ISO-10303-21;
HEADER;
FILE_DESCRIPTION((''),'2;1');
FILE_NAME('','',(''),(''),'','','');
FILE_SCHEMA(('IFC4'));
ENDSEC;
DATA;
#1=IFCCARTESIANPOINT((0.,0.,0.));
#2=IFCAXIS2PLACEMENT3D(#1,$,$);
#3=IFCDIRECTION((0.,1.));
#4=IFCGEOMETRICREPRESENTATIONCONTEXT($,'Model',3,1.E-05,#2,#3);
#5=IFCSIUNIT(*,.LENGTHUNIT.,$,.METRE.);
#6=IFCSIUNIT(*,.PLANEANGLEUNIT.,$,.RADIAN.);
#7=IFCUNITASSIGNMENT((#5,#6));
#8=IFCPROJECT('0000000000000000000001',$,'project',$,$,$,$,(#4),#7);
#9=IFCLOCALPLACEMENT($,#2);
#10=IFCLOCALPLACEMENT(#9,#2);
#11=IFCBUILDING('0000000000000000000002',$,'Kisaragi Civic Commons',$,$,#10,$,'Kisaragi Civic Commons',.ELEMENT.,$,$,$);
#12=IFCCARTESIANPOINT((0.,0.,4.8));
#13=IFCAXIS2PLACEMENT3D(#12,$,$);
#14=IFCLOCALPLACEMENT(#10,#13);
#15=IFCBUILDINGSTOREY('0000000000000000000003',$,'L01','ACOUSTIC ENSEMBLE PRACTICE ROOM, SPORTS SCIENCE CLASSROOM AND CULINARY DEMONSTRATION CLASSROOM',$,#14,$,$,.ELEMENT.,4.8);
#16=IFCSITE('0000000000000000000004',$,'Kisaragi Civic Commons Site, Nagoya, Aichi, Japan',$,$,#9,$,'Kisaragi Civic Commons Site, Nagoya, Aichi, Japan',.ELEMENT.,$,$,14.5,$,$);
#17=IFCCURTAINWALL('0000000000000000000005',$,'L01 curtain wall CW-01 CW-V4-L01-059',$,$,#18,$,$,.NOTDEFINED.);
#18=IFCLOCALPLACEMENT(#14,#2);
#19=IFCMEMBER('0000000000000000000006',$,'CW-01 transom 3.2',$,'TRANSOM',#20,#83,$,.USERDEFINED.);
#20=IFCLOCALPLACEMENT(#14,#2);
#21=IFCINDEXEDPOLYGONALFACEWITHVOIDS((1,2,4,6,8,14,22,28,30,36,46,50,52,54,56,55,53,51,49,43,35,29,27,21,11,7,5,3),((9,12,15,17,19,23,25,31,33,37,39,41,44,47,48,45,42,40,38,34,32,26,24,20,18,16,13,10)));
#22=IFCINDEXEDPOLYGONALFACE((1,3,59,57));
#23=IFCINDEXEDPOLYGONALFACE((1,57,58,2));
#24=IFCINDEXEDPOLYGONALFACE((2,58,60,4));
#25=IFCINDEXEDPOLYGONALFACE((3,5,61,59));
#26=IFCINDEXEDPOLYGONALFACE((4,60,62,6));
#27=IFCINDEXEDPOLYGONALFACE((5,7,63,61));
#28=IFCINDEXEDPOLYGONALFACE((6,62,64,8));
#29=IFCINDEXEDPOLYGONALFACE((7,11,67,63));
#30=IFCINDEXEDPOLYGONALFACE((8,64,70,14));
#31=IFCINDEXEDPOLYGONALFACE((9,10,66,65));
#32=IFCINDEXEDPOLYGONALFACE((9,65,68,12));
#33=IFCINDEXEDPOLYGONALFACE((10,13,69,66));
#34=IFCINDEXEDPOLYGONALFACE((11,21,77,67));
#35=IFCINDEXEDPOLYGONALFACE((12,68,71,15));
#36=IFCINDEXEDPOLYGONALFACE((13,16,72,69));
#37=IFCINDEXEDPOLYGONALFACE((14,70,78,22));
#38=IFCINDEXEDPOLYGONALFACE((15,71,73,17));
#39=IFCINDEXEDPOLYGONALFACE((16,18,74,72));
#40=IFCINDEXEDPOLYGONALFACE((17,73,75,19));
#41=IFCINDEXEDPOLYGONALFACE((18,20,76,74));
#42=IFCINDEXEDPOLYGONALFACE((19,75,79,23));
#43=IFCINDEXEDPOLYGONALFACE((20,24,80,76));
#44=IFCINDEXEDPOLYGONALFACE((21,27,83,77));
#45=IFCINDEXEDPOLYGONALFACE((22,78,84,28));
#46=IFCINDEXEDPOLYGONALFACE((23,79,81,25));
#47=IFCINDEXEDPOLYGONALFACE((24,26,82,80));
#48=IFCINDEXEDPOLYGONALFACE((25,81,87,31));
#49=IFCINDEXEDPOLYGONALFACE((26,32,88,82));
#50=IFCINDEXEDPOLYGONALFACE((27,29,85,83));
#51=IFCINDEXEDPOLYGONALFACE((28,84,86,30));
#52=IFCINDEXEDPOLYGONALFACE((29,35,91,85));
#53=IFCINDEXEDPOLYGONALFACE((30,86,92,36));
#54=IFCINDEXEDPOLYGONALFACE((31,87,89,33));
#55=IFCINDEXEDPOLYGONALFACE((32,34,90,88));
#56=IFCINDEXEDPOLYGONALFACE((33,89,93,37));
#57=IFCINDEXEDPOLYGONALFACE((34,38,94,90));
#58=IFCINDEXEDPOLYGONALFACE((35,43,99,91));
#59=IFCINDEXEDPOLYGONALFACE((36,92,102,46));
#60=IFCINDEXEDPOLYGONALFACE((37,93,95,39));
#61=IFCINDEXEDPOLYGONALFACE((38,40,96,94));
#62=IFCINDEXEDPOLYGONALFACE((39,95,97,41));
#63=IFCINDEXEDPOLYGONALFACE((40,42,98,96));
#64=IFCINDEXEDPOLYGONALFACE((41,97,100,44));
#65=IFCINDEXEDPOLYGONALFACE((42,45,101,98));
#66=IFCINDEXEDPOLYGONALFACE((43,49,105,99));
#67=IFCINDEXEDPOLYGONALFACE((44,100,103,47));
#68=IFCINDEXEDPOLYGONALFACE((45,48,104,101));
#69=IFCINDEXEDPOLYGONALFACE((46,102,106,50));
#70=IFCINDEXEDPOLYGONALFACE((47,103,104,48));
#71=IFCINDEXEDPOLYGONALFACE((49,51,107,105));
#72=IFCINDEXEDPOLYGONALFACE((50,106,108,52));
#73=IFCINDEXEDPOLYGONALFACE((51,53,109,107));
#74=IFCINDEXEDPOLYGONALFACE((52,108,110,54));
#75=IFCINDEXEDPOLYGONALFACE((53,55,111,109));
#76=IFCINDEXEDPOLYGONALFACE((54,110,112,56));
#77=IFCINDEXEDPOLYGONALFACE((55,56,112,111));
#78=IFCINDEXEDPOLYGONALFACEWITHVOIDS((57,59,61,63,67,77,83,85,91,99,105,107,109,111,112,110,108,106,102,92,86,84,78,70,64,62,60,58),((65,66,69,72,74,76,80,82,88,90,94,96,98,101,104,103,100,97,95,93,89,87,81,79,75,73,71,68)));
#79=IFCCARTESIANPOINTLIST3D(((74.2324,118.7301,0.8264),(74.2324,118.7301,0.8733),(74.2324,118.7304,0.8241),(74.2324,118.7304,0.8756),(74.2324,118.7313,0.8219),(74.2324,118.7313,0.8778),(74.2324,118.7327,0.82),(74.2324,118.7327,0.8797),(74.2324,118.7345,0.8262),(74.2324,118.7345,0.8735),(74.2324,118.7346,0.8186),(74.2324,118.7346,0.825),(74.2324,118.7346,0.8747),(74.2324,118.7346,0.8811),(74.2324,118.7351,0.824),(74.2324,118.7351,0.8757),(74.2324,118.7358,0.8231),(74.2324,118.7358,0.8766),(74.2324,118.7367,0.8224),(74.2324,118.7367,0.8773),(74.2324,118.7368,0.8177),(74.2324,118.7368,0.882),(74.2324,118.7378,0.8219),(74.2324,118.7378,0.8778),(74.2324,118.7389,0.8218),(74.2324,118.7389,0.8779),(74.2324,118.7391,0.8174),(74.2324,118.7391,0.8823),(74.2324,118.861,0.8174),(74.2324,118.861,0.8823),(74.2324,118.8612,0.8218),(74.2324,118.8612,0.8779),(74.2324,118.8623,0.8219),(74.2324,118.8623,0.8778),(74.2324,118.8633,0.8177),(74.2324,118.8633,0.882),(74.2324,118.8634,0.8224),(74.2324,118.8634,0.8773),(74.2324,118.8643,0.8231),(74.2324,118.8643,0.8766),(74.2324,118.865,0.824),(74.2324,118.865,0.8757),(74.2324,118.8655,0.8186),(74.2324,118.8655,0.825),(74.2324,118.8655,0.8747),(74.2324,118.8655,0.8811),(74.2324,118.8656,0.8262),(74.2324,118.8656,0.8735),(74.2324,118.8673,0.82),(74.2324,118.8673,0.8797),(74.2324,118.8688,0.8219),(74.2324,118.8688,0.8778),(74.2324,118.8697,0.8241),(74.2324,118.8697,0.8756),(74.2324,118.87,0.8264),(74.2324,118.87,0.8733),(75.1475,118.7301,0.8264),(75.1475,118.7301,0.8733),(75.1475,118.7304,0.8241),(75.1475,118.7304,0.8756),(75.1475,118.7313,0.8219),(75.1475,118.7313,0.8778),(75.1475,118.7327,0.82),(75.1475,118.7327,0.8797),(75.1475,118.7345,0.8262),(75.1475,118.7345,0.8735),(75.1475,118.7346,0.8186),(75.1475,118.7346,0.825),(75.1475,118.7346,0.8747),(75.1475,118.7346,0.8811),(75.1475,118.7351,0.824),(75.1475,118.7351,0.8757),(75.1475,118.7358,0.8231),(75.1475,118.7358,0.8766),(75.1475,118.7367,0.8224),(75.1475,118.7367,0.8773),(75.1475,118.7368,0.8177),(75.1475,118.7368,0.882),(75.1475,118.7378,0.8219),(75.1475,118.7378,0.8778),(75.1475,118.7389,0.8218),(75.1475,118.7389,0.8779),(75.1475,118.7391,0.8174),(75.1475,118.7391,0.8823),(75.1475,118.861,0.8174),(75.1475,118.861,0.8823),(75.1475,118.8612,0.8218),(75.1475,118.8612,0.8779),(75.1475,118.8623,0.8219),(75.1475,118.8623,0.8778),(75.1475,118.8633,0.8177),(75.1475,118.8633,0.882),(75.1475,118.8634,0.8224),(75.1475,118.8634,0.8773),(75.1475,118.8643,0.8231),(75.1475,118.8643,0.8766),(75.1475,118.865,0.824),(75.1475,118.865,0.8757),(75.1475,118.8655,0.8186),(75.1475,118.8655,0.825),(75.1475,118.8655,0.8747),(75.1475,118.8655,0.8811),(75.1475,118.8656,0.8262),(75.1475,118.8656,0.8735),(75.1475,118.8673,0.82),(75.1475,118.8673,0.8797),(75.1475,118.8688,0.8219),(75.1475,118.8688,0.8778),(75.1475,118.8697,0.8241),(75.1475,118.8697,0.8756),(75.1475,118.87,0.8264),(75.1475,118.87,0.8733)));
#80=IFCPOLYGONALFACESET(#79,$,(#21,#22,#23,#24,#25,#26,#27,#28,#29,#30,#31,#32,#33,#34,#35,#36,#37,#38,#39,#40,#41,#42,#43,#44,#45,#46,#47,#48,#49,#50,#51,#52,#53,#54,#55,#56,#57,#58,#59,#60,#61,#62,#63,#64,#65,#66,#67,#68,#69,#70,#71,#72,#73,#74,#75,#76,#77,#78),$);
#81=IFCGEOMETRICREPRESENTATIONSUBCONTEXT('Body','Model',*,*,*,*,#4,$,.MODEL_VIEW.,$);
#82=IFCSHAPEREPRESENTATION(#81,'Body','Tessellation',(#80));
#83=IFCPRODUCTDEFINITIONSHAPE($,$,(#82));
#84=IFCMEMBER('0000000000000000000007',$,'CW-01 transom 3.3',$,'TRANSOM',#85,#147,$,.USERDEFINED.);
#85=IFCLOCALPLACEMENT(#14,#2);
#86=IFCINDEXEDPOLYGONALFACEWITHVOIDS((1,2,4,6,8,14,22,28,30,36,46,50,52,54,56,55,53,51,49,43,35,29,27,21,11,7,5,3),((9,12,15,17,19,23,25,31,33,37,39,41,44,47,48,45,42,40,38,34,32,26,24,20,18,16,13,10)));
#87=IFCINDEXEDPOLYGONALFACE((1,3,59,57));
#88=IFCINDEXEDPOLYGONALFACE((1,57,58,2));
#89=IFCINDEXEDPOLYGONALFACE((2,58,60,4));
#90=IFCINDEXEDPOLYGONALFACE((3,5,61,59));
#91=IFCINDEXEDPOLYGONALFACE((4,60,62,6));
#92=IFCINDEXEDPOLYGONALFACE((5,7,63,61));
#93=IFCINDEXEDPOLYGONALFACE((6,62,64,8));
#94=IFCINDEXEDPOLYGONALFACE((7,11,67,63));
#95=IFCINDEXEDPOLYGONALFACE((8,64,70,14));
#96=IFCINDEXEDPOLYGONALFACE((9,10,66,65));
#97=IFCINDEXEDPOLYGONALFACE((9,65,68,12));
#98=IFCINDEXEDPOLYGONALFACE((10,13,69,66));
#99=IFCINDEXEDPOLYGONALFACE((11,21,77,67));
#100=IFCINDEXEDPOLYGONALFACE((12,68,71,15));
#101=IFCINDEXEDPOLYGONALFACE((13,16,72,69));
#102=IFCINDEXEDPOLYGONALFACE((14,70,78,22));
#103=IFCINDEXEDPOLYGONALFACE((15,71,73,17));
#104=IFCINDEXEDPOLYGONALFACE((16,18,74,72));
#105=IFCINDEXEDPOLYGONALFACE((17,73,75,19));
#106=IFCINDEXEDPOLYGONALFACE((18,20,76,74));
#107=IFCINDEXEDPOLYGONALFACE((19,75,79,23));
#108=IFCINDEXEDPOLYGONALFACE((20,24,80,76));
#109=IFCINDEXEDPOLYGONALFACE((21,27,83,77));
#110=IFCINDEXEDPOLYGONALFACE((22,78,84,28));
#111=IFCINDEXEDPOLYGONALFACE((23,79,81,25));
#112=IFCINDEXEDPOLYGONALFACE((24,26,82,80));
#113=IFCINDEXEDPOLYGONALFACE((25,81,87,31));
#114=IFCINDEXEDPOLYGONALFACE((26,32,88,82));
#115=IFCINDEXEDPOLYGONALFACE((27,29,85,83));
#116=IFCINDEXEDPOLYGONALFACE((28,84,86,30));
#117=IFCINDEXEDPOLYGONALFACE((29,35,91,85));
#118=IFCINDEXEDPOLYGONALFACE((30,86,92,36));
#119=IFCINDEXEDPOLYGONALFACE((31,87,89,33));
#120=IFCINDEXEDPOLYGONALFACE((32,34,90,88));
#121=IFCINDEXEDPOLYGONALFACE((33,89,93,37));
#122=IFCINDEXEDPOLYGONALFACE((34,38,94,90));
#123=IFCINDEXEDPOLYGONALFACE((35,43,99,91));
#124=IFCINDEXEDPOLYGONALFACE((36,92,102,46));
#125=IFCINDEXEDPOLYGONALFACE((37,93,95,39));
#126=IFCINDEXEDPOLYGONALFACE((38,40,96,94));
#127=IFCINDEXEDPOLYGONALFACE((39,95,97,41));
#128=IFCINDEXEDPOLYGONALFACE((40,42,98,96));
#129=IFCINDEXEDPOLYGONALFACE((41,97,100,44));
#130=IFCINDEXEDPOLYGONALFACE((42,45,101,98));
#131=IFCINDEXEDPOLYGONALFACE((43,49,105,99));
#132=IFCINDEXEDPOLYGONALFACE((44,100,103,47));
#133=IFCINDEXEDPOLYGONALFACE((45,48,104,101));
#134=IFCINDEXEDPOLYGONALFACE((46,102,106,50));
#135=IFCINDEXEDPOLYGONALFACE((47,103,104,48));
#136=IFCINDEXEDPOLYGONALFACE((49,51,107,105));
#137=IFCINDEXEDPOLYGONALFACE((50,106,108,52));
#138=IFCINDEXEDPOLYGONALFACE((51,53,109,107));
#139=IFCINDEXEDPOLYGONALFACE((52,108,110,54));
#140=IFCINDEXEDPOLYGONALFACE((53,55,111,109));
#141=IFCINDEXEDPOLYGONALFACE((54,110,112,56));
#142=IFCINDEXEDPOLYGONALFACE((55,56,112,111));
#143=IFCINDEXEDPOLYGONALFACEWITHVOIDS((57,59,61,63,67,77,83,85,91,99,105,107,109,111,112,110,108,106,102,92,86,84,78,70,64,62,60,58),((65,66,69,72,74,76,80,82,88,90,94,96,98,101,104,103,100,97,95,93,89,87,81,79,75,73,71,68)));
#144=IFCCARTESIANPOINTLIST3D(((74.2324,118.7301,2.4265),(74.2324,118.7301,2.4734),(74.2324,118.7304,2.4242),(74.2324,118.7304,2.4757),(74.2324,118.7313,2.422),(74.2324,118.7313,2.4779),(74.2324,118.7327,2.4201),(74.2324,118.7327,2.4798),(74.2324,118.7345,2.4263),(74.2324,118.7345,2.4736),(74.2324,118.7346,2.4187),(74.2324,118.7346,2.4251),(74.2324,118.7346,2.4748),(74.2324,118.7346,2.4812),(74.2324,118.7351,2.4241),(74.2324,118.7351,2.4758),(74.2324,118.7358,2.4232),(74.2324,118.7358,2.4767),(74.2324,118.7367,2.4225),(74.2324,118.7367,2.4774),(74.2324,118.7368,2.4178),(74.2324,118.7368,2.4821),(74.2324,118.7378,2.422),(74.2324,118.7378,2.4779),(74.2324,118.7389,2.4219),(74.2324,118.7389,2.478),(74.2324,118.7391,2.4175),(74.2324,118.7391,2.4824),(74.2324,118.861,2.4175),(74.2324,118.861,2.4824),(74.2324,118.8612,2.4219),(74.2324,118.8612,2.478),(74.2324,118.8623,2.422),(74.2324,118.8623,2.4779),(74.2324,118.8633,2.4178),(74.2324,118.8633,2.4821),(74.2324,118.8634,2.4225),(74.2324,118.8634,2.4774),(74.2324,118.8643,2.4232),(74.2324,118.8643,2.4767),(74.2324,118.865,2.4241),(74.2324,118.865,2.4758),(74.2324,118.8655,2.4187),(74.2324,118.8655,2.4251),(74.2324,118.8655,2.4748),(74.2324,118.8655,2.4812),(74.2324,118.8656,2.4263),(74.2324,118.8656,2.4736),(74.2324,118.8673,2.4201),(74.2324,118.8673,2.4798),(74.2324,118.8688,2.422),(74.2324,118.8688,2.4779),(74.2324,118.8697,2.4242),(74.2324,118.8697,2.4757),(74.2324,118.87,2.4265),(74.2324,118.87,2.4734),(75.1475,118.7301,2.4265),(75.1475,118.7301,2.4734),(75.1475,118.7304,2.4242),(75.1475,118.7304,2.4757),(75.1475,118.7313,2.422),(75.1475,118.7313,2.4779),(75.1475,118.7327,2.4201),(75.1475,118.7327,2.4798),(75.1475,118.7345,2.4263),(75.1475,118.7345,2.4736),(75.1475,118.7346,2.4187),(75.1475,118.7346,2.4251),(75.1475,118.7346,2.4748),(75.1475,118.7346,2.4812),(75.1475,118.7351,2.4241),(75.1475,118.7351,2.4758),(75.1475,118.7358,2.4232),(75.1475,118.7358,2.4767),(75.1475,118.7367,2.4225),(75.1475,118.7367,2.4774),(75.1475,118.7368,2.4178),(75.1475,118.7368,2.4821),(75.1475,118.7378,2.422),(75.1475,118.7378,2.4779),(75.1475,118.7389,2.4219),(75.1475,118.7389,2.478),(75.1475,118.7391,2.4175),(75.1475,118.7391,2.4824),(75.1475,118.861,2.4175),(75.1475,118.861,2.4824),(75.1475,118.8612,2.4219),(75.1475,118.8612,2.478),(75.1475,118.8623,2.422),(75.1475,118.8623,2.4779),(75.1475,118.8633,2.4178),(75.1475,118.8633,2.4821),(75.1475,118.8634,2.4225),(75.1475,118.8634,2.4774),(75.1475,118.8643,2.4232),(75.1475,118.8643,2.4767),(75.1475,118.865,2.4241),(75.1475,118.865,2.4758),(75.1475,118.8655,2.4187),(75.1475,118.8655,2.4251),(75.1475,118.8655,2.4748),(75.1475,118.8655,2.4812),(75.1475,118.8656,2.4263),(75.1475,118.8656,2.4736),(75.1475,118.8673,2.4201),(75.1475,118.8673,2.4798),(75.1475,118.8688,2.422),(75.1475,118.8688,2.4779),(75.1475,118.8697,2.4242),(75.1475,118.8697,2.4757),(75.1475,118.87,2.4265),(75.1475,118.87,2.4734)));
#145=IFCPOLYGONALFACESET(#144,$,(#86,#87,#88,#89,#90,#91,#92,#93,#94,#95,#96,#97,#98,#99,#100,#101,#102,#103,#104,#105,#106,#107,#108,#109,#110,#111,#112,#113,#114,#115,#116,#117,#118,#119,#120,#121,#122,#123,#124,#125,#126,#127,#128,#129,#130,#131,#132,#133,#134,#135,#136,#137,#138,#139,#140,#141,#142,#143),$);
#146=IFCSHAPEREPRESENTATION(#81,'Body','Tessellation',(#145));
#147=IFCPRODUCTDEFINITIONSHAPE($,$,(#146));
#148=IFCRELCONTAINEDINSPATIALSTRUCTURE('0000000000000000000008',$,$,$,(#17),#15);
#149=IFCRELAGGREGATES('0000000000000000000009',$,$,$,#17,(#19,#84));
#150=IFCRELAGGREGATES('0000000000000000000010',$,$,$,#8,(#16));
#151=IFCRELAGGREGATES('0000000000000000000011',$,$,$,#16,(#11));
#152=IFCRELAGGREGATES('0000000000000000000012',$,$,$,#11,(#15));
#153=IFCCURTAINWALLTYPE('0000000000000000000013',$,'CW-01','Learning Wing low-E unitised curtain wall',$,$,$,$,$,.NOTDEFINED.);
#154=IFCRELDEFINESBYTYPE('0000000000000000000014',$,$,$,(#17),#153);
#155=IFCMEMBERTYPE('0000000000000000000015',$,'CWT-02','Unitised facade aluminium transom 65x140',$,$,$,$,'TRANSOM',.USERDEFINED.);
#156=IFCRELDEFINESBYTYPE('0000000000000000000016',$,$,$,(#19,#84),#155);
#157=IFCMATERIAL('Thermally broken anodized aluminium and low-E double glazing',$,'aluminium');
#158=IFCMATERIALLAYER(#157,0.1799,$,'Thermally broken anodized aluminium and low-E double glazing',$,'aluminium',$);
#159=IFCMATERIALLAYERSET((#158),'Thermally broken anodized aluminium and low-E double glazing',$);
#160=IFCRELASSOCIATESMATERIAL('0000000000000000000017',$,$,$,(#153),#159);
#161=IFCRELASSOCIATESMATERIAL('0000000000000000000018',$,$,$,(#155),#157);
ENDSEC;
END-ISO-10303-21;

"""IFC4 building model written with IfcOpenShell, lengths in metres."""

from ifc_helpers import new_model, si_unit, direction, frame, origin, origin_2d, place, context, subcontext, project, spatial, hollow_rectangle, extrude, material, layer, layer_set, material_profile, profile_set, type_object, element, aggregate, save


model = new_model("IFC4")

# Units and contexts
model_context = context("Model", 3, precision=1e-05, world=origin(), true_north=direction((0.0, 1.0)))
body_context = subcontext(model_context, "Body", "Model", "MODEL_VIEW")
ifc_project = project(units=[si_unit("LENGTHUNIT", "METRE"), si_unit("PLANEANGLEUNIT", "RADIAN")], contexts=[model_context])

# Site, building, storey
site_placement = place(None, origin())
site = spatial("IfcSite", under=ifc_project, at=site_placement, Name="Kisaragi Civic Commons Site, Nagoya, Aichi, Japan", LongName="Kisaragi Civic Commons Site, Nagoya, Aichi, Japan", CompositionType="ELEMENT", RefElevation=14.5)
building_placement = place(site_placement, origin())
building = spatial("IfcBuilding", under=site, at=building_placement, Name="Kisaragi Civic Commons", LongName="Kisaragi Civic Commons", CompositionType="ELEMENT")
storey_placement = place(building_placement, frame((0.0, 0.0, 4.8)))
storey = spatial("IfcBuildingStorey", under=building, at=storey_placement, Name="L01", Description="ACOUSTIC ENSEMBLE PRACTICE ROOM, SPORTS SCIENCE CLASSROOM AND CULINARY DEMONSTRATION CLASSROOM", CompositionType="ELEMENT", Elevation=4.8)

# Curtain wall, members
ifc_material = material(Name="Thermally broken anodized aluminium and low-E double glazing", Category="aluminium")
ifc_layer_1 = layer(ifc_material, 0.1799, Name="Thermally broken anodized aluminium and low-E double glazing", Category="aluminium")
ifc_layer_set_1 = layer_set([ifc_layer_1], Name="Thermally broken anodized aluminium and low-E double glazing")
curtain_wall_type = type_object("IfcCurtainWallType", Name="CW-01", Description="Learning Wing low-E unitised curtain wall", PredefinedType="NOTDEFINED", material=ifc_layer_set_1)
curtain_wall_placement = place(storey_placement, origin())
curtain_wall = element("IfcCurtainWall", 1, at=curtain_wall_placement, inside=storey, type_object=curtain_wall_type, Name="L01 curtain wall CW-01 CW-V4-L01-059", PredefinedType="NOTDEFINED")
ifc_material_profile_1 = material_profile(ifc_material, hollow_rectangle(XDim=0.1399, YDim=0.0649, WallThickness=0.0044, InnerFilletRadius=0.0044, OuterFilletRadius=0.009, at=origin_2d()), Name="CWT-65x140x4.5", Category="aluminium")
ifc_profile_set_1 = profile_set([ifc_material_profile_1], Name="Thermally broken anodized aluminium and low-E double glazing")
member_type_1 = type_object("IfcMemberType", Name="CWT-02", Description="Unitised facade aluminium transom 65x140", ElementType="TRANSOM", PredefinedType="USERDEFINED", material=ifc_profile_set_1)
member_1_placement = place(storey_placement, frame((74.2324, 118.8, 0.8499), z_axis=(1.0, 0.0, 0.0), x_axis=(0.0, 1.0, 0.0)))
member_1 = element("IfcMember", 2, at=member_1_placement, type_object=member_type_1, Name="CW-01 transom 3.2", ObjectType="TRANSOM", PredefinedType="USERDEFINED", context=body_context, shape_type="SweptSolid", body=[
    extrude(hollow_rectangle(XDim=0.1399, YDim=0.0649, WallThickness=0.0044, InnerFilletRadius=0.0044, OuterFilletRadius=0.009, at=origin_2d()), origin(), (0.0, 0.0, 1.0), 0.915),
])
member_2_placement = place(storey_placement, frame((74.2324, 118.8, 2.45), z_axis=(1.0, 0.0, 0.0), x_axis=(0.0, 1.0, 0.0)))
member_2 = element("IfcMember", 3, at=member_2_placement, type_object=member_type_1, Name="CW-01 transom 3.3", ObjectType="TRANSOM", PredefinedType="USERDEFINED", context=body_context, shape_type="SweptSolid", body=[
    extrude(hollow_rectangle(XDim=0.1399, YDim=0.0649, WallThickness=0.0044, InnerFilletRadius=0.0044, OuterFilletRadius=0.009, at=origin_2d()), origin(), (0.0, 0.0, 1.0), 0.915),
])
aggregate(curtain_wall, [member_1, member_2])

save(model, "model.ifc")
